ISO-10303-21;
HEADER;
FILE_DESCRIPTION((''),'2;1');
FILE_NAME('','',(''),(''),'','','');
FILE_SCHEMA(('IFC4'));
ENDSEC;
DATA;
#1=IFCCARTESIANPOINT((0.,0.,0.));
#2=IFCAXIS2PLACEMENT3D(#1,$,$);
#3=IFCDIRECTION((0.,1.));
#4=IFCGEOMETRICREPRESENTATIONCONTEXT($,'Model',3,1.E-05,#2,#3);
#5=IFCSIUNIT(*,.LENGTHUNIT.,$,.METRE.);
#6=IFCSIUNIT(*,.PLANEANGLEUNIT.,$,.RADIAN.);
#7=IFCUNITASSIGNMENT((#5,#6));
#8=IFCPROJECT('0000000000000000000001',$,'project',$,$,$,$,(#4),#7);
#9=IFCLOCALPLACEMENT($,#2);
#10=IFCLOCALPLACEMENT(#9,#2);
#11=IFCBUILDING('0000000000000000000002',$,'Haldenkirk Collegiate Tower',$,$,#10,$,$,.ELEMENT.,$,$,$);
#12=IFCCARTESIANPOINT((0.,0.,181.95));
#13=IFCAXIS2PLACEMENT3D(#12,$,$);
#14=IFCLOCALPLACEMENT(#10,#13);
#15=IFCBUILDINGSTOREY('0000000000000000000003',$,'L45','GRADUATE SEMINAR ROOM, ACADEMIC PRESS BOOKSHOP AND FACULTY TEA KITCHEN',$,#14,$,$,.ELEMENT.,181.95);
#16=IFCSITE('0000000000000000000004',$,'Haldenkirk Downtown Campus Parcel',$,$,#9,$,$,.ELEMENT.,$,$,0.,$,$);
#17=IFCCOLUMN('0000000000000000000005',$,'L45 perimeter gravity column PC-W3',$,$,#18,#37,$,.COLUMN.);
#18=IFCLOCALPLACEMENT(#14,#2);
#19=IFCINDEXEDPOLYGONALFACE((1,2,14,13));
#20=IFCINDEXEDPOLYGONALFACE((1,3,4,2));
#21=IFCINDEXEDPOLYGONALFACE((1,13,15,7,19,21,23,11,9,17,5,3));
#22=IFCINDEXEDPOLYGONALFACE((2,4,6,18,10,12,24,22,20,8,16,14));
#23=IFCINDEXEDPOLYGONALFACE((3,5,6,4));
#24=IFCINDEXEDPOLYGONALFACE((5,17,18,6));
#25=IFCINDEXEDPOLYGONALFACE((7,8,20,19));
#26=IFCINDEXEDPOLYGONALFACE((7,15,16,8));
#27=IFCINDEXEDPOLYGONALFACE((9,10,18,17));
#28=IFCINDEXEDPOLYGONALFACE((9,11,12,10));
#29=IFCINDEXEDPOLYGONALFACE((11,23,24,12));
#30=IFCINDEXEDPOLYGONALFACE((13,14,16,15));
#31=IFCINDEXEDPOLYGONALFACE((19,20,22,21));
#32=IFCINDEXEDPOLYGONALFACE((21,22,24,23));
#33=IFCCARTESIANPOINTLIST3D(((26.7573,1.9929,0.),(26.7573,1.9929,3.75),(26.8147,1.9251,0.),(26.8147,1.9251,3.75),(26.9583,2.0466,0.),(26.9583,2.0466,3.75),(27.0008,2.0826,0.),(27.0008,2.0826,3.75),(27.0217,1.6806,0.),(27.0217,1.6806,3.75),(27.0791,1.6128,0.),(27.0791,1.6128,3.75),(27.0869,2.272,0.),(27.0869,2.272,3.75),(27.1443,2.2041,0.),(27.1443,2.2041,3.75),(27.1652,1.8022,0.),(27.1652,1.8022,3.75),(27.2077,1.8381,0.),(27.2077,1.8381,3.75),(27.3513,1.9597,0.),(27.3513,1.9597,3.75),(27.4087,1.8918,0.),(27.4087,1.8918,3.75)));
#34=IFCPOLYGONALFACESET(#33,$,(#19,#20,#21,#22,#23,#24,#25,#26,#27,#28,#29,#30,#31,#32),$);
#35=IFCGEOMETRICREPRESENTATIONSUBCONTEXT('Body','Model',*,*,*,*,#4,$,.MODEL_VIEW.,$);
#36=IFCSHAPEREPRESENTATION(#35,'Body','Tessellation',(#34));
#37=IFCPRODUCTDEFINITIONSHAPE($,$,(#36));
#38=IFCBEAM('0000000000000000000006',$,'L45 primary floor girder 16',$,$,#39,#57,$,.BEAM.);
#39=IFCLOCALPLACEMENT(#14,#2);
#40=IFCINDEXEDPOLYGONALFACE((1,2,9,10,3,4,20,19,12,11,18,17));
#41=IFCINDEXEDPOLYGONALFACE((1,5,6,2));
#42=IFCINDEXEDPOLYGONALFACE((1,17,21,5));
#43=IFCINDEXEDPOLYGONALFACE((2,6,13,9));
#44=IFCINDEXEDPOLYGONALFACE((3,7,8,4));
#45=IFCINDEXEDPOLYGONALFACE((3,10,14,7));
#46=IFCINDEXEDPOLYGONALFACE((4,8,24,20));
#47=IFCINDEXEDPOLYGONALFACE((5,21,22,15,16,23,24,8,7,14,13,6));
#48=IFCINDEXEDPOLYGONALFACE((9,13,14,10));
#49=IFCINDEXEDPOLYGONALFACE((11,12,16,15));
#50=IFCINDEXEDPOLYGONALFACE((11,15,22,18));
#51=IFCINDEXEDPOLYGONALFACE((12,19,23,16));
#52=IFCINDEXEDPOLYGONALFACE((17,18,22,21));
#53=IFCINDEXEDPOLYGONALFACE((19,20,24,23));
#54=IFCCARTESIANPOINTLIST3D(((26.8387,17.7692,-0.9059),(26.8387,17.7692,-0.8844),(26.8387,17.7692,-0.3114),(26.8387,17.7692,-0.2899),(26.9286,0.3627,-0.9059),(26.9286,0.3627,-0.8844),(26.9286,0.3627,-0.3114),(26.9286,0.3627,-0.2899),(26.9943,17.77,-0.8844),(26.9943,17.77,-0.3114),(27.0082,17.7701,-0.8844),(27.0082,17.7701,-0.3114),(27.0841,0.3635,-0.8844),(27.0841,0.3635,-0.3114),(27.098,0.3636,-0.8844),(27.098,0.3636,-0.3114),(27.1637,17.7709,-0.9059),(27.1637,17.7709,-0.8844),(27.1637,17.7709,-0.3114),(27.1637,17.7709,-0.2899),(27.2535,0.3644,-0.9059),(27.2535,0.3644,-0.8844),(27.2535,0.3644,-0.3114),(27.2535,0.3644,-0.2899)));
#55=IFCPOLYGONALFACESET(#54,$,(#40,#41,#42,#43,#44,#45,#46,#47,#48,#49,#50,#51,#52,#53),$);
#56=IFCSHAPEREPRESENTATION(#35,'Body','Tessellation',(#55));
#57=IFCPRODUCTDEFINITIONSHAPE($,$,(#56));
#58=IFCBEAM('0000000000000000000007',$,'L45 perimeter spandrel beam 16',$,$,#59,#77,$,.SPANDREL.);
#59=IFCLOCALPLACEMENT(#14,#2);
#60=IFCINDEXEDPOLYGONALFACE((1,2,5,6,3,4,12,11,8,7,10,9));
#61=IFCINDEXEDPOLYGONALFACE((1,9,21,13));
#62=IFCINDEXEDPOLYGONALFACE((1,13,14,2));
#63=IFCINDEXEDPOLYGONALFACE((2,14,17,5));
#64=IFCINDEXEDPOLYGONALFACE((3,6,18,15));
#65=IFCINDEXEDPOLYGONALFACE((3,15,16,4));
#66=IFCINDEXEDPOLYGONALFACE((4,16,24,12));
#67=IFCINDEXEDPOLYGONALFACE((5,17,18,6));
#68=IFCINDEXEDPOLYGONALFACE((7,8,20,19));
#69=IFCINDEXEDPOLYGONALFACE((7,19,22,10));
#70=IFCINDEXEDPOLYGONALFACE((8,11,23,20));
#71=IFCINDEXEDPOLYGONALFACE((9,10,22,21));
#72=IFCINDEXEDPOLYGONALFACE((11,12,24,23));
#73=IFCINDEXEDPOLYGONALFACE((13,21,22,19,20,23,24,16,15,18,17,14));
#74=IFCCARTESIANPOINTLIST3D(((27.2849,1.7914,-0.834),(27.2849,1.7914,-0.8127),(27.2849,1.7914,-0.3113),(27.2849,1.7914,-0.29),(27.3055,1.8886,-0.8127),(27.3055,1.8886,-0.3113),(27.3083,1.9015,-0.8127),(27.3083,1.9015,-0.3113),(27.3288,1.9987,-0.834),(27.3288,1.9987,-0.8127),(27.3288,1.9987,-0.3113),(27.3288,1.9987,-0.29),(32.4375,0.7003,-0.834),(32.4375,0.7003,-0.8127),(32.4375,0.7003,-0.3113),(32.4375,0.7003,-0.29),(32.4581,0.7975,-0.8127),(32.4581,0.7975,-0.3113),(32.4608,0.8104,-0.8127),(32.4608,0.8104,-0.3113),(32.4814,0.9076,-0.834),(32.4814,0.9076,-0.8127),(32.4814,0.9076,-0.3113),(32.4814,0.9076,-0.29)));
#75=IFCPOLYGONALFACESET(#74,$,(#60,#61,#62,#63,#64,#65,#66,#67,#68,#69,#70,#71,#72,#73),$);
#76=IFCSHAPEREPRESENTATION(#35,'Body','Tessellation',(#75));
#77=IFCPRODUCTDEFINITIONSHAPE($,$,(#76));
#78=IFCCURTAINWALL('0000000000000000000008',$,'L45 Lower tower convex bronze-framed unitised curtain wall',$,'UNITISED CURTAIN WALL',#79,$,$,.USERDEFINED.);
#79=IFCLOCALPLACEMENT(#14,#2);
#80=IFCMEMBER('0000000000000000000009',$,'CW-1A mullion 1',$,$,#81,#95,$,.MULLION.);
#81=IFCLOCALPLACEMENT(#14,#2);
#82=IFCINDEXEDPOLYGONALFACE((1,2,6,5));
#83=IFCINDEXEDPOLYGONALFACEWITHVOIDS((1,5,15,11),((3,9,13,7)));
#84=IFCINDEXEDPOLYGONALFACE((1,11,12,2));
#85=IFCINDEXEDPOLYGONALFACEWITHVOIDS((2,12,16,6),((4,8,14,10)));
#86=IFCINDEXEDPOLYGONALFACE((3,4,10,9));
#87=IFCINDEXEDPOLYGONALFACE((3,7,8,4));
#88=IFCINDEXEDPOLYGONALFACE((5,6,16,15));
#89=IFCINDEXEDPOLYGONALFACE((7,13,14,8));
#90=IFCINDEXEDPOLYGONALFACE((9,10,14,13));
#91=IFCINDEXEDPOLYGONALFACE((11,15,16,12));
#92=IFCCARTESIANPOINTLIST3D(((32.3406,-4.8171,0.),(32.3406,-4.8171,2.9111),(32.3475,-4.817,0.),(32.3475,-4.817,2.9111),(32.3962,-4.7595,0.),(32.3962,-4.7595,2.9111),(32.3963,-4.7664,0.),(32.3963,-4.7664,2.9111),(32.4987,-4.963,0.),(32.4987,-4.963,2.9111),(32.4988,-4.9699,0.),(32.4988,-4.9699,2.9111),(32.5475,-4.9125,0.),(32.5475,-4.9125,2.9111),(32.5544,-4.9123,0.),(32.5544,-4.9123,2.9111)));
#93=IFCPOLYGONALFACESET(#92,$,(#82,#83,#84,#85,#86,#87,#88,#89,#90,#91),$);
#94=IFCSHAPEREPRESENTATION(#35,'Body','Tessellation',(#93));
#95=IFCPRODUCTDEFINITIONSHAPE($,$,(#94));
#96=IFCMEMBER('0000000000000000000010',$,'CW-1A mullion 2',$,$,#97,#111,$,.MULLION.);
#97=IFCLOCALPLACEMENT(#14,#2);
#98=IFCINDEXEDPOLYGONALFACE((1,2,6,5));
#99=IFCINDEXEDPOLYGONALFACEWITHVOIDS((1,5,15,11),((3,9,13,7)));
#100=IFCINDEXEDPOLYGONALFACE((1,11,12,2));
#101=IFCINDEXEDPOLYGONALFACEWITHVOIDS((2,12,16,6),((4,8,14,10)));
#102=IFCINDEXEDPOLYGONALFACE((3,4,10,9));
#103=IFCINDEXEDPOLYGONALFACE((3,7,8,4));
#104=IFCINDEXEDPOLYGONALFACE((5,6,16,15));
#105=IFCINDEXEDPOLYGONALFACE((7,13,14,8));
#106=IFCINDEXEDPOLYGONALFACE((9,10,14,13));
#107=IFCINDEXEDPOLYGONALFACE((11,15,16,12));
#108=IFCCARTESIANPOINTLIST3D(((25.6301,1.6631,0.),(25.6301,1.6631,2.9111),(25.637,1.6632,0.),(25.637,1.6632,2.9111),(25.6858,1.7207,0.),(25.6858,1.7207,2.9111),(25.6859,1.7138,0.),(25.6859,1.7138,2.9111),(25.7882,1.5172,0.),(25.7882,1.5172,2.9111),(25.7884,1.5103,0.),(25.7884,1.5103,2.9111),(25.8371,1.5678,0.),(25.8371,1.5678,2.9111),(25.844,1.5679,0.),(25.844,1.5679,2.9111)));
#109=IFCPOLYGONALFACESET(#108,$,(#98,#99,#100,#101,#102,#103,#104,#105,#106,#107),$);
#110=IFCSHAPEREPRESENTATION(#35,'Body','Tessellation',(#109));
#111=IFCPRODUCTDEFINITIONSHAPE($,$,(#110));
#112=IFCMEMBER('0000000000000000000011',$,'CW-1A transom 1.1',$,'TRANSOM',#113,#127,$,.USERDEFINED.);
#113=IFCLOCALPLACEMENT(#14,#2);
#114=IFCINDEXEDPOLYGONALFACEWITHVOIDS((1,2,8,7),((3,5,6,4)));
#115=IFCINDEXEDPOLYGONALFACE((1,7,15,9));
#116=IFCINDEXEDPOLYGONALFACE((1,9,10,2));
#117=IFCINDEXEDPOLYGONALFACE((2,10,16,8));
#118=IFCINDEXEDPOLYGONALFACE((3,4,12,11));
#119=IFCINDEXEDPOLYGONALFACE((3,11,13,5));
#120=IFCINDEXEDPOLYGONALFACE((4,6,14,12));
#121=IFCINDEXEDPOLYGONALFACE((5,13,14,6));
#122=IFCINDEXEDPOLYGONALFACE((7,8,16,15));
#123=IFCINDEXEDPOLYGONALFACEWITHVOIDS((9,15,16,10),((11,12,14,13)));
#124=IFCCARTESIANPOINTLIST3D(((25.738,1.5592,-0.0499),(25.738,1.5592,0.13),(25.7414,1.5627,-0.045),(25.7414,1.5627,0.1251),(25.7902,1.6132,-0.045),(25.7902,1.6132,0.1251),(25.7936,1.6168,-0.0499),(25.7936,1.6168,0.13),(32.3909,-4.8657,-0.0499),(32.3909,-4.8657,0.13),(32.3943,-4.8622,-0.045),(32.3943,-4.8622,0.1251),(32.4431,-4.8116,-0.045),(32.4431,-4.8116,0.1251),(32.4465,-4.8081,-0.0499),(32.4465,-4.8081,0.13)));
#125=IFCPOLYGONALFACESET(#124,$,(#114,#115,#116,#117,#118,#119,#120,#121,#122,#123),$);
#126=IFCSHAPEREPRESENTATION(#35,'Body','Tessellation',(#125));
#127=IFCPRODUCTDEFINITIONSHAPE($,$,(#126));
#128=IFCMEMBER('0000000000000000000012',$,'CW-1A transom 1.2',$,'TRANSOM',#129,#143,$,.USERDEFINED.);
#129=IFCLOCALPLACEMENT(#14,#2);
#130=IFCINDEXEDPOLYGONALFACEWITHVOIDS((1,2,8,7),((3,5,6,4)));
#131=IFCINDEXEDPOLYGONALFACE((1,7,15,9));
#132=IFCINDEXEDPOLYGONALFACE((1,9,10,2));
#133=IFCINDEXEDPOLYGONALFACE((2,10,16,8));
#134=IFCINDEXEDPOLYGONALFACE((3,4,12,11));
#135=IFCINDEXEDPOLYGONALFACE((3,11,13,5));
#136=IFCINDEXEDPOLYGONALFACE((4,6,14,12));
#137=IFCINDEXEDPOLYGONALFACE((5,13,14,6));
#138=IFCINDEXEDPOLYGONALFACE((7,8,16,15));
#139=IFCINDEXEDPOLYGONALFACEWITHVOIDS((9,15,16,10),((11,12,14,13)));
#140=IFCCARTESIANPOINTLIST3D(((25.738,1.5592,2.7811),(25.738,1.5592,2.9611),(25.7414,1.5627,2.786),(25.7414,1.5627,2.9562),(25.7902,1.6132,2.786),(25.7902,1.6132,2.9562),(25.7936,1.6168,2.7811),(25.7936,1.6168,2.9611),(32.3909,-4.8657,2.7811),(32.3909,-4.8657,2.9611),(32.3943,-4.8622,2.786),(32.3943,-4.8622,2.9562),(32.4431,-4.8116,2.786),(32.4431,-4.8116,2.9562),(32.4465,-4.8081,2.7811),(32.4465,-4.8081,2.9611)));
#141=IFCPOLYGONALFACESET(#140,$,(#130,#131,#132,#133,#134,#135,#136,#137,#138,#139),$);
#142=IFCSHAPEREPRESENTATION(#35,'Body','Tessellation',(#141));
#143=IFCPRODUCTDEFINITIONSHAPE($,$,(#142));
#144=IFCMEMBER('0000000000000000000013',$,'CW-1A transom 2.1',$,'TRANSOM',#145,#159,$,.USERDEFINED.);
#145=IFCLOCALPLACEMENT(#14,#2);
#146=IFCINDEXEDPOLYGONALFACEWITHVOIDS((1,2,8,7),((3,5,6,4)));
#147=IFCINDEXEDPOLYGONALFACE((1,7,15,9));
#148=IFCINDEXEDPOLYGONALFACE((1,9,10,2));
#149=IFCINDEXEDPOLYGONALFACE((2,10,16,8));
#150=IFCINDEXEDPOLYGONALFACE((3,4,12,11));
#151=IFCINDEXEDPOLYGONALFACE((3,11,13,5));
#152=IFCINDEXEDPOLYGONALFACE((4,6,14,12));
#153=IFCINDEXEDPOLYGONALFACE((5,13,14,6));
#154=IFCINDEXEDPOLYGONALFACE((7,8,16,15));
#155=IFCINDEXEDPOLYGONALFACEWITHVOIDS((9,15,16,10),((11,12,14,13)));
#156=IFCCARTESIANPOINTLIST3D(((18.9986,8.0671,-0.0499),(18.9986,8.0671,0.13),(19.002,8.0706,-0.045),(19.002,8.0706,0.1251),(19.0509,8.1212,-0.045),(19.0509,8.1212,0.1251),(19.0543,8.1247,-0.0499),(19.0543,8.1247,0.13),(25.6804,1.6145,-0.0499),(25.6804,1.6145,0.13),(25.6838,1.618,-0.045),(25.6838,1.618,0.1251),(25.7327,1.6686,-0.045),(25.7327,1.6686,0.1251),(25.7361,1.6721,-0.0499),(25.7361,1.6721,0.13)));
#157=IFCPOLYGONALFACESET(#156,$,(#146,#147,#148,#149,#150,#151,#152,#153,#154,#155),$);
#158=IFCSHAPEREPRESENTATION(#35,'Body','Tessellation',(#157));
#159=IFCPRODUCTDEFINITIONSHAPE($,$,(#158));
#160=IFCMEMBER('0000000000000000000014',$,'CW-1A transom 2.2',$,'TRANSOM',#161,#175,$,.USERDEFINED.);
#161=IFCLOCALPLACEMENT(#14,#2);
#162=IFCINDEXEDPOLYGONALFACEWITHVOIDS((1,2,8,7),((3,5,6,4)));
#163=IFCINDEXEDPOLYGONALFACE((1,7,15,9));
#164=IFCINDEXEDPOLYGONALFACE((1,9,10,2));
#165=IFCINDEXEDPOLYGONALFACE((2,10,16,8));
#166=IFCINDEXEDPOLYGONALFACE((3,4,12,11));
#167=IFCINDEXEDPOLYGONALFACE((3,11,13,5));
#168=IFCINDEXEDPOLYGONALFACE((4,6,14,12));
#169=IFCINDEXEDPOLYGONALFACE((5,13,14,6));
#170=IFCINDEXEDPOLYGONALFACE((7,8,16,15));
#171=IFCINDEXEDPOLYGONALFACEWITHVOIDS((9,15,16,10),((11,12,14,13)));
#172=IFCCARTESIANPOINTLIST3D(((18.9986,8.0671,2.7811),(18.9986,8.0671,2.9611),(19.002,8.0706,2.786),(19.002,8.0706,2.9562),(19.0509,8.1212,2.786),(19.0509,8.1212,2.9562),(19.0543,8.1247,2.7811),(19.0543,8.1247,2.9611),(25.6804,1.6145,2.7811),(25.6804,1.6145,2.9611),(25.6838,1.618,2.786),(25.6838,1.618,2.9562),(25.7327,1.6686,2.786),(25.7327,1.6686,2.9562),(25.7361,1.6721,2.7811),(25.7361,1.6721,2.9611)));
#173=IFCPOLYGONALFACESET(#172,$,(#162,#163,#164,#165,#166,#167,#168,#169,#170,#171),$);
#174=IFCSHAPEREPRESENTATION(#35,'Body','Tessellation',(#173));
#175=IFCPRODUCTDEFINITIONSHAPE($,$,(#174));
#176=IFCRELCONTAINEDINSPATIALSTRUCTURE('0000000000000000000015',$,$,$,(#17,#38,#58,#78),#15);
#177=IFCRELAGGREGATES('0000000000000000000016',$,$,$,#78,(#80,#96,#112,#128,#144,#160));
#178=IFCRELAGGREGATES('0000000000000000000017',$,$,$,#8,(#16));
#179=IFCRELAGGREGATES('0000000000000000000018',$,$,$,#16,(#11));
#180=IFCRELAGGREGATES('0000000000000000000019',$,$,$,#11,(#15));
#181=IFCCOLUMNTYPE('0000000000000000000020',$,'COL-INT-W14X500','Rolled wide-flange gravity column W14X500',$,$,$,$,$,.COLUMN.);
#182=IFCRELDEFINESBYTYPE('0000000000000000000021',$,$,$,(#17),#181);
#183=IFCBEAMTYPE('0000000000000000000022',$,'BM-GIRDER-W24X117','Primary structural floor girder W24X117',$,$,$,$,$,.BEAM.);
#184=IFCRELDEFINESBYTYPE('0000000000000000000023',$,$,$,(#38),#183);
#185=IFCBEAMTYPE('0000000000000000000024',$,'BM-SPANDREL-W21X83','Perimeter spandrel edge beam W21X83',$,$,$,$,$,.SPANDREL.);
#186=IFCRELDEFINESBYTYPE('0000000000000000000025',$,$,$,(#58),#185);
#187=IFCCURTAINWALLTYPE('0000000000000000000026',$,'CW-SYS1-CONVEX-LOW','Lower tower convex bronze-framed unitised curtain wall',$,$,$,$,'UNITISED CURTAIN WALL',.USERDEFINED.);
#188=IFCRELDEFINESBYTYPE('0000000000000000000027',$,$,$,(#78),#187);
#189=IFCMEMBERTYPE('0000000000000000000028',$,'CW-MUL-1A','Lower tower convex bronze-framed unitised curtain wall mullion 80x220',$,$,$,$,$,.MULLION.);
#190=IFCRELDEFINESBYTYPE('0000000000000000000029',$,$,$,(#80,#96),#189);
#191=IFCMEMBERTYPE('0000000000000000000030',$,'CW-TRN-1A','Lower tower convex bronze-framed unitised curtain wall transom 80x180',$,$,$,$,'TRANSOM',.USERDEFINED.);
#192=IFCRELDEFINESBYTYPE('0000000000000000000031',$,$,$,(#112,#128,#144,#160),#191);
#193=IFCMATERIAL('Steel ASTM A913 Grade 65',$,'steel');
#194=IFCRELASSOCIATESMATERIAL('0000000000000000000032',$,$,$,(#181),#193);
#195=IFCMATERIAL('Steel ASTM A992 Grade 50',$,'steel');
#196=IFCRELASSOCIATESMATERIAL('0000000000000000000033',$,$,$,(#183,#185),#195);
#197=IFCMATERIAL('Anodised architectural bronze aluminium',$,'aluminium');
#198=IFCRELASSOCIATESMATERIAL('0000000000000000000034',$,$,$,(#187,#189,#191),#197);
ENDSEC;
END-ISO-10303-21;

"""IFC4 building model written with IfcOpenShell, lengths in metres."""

from ifc_helpers import new_model, si_unit, direction, frame, origin, origin_2d, place, context, subcontext, project, spatial, hollow_rectangle, i_section, extrude, material, material_profile, profile_set, type_object, element, aggregate, save


model = new_model("IFC4")

# Units and contexts
model_context = context("Model", 3, precision=1e-05, world=origin(), true_north=direction((0.0, 1.0)))
body_context = subcontext(model_context, "Body", "Model", "MODEL_VIEW")
ifc_project = project(units=[si_unit("LENGTHUNIT", "METRE"), si_unit("PLANEANGLEUNIT", "RADIAN")], contexts=[model_context])

# Site, building, storey
site_placement = place(None, origin())
site = spatial("IfcSite", under=ifc_project, at=site_placement, Name="Haldenkirk Downtown Campus Parcel", CompositionType="ELEMENT", RefElevation=0.0)
building_placement = place(site_placement, origin())
building = spatial("IfcBuilding", under=site, at=building_placement, Name="Haldenkirk Collegiate Tower", CompositionType="ELEMENT")
storey_placement = place(building_placement, frame((0.0, 0.0, 181.95)))
storey = spatial("IfcBuildingStorey", under=building, at=storey_placement, Name="L45", Description="GRADUATE SEMINAR ROOM, ACADEMIC PRESS BOOKSHOP AND FACULTY TEA KITCHEN", CompositionType="ELEMENT", Elevation=181.95)

# Column
ifc_material_1 = material(Name="Steel ASTM A913 Grade 65", Category="steel")
ifc_material_profile_1 = material_profile(ifc_material_1, i_section(OverallWidth=0.4319, OverallDepth=0.498, WebThickness=0.0557, FlangeThickness=0.0889, at=origin_2d()), Name="W14X500")
ifc_profile_set_1 = profile_set([ifc_material_profile_1], Name="Steel ASTM A913 Grade 65")
column_type = type_object("IfcColumnType", Name="COL-INT-W14X500", Description="Rolled wide-flange gravity column W14X500", PredefinedType="COLUMN", material=ifc_profile_set_1)
column_placement = place(storey_placement, frame((27.083, 1.9424, 0.0), z_axis=(0.0, 0.0, 1.0), x_axis=(0.763232, 0.646124, 0.0)))
element("IfcColumn", 1, at=column_placement, inside=storey, type_object=column_type, Name="L45 perimeter gravity column PC-W3", PredefinedType="COLUMN", context=body_context, shape_type="SweptSolid", body=[
    extrude(i_section(OverallWidth=0.4319, OverallDepth=0.498, WebThickness=0.0557, FlangeThickness=0.0889, at=origin_2d()), origin(), (0.0, 0.0, 1.0), 3.75),
])

# Beams
ifc_material_2 = material(Name="Steel ASTM A992 Grade 50", Category="steel")
ifc_material_profile_2 = material_profile(ifc_material_2, i_section(OverallWidth=0.325, OverallDepth=0.616, WebThickness=0.0139, FlangeThickness=0.0215, at=origin_2d()), Name="W24X117")
ifc_profile_set_2 = profile_set([ifc_material_profile_2], Name="Steel ASTM A992 Grade 50")
beam_type_1 = type_object("IfcBeamType", Name="BM-GIRDER-W24X117", Description="Primary structural floor girder W24X117", PredefinedType="BEAM", material=ifc_profile_set_2)
beam_1_placement = place(storey_placement, frame((27.0911, 0.3635, -0.5979), z_axis=(-0.005161, 0.999987, 0.0), x_axis=(-0.999987, -0.005161, 0.0)))
element("IfcBeam", 2, at=beam_1_placement, inside=storey, type_object=beam_type_1, Name="L45 primary floor girder 16", PredefinedType="BEAM", context=body_context, shape_type="SweptSolid", body=[
    extrude(i_section(OverallWidth=0.325, OverallDepth=0.616, WebThickness=0.0139, FlangeThickness=0.0215, at=origin_2d()), origin(), (0.0, 0.0, 1.0), 17.4067),
])
ifc_material_profile_3 = material_profile(ifc_material_2, i_section(OverallWidth=0.2119, OverallDepth=0.5439, WebThickness=0.0132, FlangeThickness=0.0212, at=origin_2d()), Name="W21X83")
ifc_profile_set_3 = profile_set([ifc_material_profile_3], Name="Steel ASTM A992 Grade 50")
beam_type_2 = type_object("IfcBeamType", Name="BM-SPANDREL-W21X83", Description="Perimeter spandrel edge beam W21X83", PredefinedType="SPANDREL", material=ifc_profile_set_3)
beam_2_placement = place(storey_placement, frame((27.3069, 1.895, -0.562), z_axis=(0.978308, -0.207157, 0.0), x_axis=(0.207157, 0.978308, 0.0)))
element("IfcBeam", 3, at=beam_2_placement, inside=storey, type_object=beam_type_2, Name="L45 perimeter spandrel beam 16", PredefinedType="SPANDREL", context=body_context, shape_type="SweptSolid", body=[
    extrude(i_section(OverallWidth=0.2119, OverallDepth=0.5439, WebThickness=0.0132, FlangeThickness=0.0212, at=origin_2d()), origin(), (0.0, 0.0, 1.0), 5.2668),
])

# Curtain wall, members
ifc_material_3 = material(Name="Anodised architectural bronze aluminium", Category="aluminium")
curtain_wall_type = type_object("IfcCurtainWallType", Name="CW-SYS1-CONVEX-LOW", Description="Lower tower convex bronze-framed unitised curtain wall", ElementType="UNITISED CURTAIN WALL", PredefinedType="USERDEFINED", material=ifc_material_3)
curtain_wall_placement = place(storey_placement, origin())
curtain_wall = element("IfcCurtainWall", 4, at=curtain_wall_placement, inside=storey, type_object=curtain_wall_type, Name="L45 Lower tower convex bronze-framed unitised curtain wall", ObjectType="UNITISED CURTAIN WALL", PredefinedType="USERDEFINED")
ifc_material_profile_4 = material_profile(ifc_material_3, hollow_rectangle(XDim=0.0801, YDim=0.22, WallThickness=0.0049, at=origin_2d()), Name="CW-MUL-1A")
ifc_profile_set_4 = profile_set([ifc_material_profile_4], Name="Anodised architectural bronze aluminium")
member_type_1 = type_object("IfcMemberType", Name="CW-MUL-1A", Description="Lower tower convex bronze-framed unitised curtain wall mullion 80x220", PredefinedType="MULLION", material=ifc_profile_set_4)
member_1_placement = place(storey_placement, frame((32.4475, -4.8647, 0.0), z_axis=(0.0, 0.0, 1.0), x_axis=(-0.694658, -0.719341, 0.0)))
member_1 = element("IfcMember", 5, at=member_1_placement, type_object=member_type_1, Name="CW-1A mullion 1", PredefinedType="MULLION", context=body_context, shape_type="SweptSolid", body=[
    extrude(hollow_rectangle(XDim=0.0801, YDim=0.22, WallThickness=0.0049, at=origin_2d()), origin(), (0.0, 0.0, 1.0), 2.9111),
])
member_2_placement = place(storey_placement, frame((25.7371, 1.6155, 0.0), z_axis=(0.0, 0.0, 1.0), x_axis=(-0.694658, -0.719341, 0.0)))
member_2 = element("IfcMember", 6, at=member_2_placement, type_object=member_type_1, Name="CW-1A mullion 2", PredefinedType="MULLION", context=body_context, shape_type="SweptSolid", body=[
    extrude(hollow_rectangle(XDim=0.0801, YDim=0.22, WallThickness=0.0049, at=origin_2d()), origin(), (0.0, 0.0, 1.0), 2.9111),
])
ifc_material_profile_5 = material_profile(ifc_material_3, hollow_rectangle(XDim=0.0801, YDim=0.1799, WallThickness=0.0049, at=origin_2d()), Name="CW-TRN-1A")
ifc_profile_set_5 = profile_set([ifc_material_profile_5], Name="Anodised architectural bronze aluminium")
member_type_2 = type_object("IfcMemberType", Name="CW-TRN-1A", Description="Lower tower convex bronze-framed unitised curtain wall transom 80x180", ElementType="TRANSOM", PredefinedType="USERDEFINED", material=ifc_profile_set_5)
member_3_placement = place(storey_placement, frame((32.4187, -4.8369, 0.04), z_axis=(-0.719327, 0.694672, 0.0), x_axis=(-0.694672, -0.719327, 0.0)))
member_3 = element("IfcMember", 7, at=member_3_placement, type_object=member_type_2, Name="CW-1A transom 1.1", ObjectType="TRANSOM", PredefinedType="USERDEFINED", context=body_context, shape_type="SweptSolid", body=[
    extrude(hollow_rectangle(XDim=0.0801, YDim=0.1799, WallThickness=0.0049, at=origin_2d()), origin(), (0.0, 0.0, 1.0), 9.2488),
])
member_4_placement = place(storey_placement, frame((32.4187, -4.8369, 2.8711), z_axis=(-0.719327, 0.694672, 0.0), x_axis=(-0.694672, -0.719327, 0.0)))
member_4 = element("IfcMember", 8, at=member_4_placement, type_object=member_type_2, Name="CW-1A transom 1.2", ObjectType="TRANSOM", PredefinedType="USERDEFINED", context=body_context, shape_type="SweptSolid", body=[
    extrude(hollow_rectangle(XDim=0.0801, YDim=0.1799, WallThickness=0.0049, at=origin_2d()), origin(), (0.0, 0.0, 1.0), 9.2488),
])
member_5_placement = place(storey_placement, frame((25.7083, 1.6433, 0.04), z_axis=(-0.719339, 0.694659, 0.0), x_axis=(-0.694659, -0.719339, 0.0)))
member_5 = element("IfcMember", 9, at=member_5_placement, type_object=member_type_2, Name="CW-1A transom 2.1", ObjectType="TRANSOM", PredefinedType="USERDEFINED", context=body_context, shape_type="SweptSolid", body=[
    extrude(hollow_rectangle(XDim=0.0801, YDim=0.1799, WallThickness=0.0049, at=origin_2d()), origin(), (0.0, 0.0, 1.0), 9.2888),
])
member_6_placement = place(storey_placement, frame((25.7083, 1.6433, 2.8711), z_axis=(-0.719339, 0.694659, 0.0), x_axis=(-0.694659, -0.719339, 0.0)))
member_6 = element("IfcMember", 10, at=member_6_placement, type_object=member_type_2, Name="CW-1A transom 2.2", ObjectType="TRANSOM", PredefinedType="USERDEFINED", context=body_context, shape_type="SweptSolid", body=[
    extrude(hollow_rectangle(XDim=0.0801, YDim=0.1799, WallThickness=0.0049, at=origin_2d()), origin(), (0.0, 0.0, 1.0), 9.2888),
])

aggregate(curtain_wall, [member_1, member_2, member_3, member_4, member_5, member_6])

save(model, "model.ifc")
